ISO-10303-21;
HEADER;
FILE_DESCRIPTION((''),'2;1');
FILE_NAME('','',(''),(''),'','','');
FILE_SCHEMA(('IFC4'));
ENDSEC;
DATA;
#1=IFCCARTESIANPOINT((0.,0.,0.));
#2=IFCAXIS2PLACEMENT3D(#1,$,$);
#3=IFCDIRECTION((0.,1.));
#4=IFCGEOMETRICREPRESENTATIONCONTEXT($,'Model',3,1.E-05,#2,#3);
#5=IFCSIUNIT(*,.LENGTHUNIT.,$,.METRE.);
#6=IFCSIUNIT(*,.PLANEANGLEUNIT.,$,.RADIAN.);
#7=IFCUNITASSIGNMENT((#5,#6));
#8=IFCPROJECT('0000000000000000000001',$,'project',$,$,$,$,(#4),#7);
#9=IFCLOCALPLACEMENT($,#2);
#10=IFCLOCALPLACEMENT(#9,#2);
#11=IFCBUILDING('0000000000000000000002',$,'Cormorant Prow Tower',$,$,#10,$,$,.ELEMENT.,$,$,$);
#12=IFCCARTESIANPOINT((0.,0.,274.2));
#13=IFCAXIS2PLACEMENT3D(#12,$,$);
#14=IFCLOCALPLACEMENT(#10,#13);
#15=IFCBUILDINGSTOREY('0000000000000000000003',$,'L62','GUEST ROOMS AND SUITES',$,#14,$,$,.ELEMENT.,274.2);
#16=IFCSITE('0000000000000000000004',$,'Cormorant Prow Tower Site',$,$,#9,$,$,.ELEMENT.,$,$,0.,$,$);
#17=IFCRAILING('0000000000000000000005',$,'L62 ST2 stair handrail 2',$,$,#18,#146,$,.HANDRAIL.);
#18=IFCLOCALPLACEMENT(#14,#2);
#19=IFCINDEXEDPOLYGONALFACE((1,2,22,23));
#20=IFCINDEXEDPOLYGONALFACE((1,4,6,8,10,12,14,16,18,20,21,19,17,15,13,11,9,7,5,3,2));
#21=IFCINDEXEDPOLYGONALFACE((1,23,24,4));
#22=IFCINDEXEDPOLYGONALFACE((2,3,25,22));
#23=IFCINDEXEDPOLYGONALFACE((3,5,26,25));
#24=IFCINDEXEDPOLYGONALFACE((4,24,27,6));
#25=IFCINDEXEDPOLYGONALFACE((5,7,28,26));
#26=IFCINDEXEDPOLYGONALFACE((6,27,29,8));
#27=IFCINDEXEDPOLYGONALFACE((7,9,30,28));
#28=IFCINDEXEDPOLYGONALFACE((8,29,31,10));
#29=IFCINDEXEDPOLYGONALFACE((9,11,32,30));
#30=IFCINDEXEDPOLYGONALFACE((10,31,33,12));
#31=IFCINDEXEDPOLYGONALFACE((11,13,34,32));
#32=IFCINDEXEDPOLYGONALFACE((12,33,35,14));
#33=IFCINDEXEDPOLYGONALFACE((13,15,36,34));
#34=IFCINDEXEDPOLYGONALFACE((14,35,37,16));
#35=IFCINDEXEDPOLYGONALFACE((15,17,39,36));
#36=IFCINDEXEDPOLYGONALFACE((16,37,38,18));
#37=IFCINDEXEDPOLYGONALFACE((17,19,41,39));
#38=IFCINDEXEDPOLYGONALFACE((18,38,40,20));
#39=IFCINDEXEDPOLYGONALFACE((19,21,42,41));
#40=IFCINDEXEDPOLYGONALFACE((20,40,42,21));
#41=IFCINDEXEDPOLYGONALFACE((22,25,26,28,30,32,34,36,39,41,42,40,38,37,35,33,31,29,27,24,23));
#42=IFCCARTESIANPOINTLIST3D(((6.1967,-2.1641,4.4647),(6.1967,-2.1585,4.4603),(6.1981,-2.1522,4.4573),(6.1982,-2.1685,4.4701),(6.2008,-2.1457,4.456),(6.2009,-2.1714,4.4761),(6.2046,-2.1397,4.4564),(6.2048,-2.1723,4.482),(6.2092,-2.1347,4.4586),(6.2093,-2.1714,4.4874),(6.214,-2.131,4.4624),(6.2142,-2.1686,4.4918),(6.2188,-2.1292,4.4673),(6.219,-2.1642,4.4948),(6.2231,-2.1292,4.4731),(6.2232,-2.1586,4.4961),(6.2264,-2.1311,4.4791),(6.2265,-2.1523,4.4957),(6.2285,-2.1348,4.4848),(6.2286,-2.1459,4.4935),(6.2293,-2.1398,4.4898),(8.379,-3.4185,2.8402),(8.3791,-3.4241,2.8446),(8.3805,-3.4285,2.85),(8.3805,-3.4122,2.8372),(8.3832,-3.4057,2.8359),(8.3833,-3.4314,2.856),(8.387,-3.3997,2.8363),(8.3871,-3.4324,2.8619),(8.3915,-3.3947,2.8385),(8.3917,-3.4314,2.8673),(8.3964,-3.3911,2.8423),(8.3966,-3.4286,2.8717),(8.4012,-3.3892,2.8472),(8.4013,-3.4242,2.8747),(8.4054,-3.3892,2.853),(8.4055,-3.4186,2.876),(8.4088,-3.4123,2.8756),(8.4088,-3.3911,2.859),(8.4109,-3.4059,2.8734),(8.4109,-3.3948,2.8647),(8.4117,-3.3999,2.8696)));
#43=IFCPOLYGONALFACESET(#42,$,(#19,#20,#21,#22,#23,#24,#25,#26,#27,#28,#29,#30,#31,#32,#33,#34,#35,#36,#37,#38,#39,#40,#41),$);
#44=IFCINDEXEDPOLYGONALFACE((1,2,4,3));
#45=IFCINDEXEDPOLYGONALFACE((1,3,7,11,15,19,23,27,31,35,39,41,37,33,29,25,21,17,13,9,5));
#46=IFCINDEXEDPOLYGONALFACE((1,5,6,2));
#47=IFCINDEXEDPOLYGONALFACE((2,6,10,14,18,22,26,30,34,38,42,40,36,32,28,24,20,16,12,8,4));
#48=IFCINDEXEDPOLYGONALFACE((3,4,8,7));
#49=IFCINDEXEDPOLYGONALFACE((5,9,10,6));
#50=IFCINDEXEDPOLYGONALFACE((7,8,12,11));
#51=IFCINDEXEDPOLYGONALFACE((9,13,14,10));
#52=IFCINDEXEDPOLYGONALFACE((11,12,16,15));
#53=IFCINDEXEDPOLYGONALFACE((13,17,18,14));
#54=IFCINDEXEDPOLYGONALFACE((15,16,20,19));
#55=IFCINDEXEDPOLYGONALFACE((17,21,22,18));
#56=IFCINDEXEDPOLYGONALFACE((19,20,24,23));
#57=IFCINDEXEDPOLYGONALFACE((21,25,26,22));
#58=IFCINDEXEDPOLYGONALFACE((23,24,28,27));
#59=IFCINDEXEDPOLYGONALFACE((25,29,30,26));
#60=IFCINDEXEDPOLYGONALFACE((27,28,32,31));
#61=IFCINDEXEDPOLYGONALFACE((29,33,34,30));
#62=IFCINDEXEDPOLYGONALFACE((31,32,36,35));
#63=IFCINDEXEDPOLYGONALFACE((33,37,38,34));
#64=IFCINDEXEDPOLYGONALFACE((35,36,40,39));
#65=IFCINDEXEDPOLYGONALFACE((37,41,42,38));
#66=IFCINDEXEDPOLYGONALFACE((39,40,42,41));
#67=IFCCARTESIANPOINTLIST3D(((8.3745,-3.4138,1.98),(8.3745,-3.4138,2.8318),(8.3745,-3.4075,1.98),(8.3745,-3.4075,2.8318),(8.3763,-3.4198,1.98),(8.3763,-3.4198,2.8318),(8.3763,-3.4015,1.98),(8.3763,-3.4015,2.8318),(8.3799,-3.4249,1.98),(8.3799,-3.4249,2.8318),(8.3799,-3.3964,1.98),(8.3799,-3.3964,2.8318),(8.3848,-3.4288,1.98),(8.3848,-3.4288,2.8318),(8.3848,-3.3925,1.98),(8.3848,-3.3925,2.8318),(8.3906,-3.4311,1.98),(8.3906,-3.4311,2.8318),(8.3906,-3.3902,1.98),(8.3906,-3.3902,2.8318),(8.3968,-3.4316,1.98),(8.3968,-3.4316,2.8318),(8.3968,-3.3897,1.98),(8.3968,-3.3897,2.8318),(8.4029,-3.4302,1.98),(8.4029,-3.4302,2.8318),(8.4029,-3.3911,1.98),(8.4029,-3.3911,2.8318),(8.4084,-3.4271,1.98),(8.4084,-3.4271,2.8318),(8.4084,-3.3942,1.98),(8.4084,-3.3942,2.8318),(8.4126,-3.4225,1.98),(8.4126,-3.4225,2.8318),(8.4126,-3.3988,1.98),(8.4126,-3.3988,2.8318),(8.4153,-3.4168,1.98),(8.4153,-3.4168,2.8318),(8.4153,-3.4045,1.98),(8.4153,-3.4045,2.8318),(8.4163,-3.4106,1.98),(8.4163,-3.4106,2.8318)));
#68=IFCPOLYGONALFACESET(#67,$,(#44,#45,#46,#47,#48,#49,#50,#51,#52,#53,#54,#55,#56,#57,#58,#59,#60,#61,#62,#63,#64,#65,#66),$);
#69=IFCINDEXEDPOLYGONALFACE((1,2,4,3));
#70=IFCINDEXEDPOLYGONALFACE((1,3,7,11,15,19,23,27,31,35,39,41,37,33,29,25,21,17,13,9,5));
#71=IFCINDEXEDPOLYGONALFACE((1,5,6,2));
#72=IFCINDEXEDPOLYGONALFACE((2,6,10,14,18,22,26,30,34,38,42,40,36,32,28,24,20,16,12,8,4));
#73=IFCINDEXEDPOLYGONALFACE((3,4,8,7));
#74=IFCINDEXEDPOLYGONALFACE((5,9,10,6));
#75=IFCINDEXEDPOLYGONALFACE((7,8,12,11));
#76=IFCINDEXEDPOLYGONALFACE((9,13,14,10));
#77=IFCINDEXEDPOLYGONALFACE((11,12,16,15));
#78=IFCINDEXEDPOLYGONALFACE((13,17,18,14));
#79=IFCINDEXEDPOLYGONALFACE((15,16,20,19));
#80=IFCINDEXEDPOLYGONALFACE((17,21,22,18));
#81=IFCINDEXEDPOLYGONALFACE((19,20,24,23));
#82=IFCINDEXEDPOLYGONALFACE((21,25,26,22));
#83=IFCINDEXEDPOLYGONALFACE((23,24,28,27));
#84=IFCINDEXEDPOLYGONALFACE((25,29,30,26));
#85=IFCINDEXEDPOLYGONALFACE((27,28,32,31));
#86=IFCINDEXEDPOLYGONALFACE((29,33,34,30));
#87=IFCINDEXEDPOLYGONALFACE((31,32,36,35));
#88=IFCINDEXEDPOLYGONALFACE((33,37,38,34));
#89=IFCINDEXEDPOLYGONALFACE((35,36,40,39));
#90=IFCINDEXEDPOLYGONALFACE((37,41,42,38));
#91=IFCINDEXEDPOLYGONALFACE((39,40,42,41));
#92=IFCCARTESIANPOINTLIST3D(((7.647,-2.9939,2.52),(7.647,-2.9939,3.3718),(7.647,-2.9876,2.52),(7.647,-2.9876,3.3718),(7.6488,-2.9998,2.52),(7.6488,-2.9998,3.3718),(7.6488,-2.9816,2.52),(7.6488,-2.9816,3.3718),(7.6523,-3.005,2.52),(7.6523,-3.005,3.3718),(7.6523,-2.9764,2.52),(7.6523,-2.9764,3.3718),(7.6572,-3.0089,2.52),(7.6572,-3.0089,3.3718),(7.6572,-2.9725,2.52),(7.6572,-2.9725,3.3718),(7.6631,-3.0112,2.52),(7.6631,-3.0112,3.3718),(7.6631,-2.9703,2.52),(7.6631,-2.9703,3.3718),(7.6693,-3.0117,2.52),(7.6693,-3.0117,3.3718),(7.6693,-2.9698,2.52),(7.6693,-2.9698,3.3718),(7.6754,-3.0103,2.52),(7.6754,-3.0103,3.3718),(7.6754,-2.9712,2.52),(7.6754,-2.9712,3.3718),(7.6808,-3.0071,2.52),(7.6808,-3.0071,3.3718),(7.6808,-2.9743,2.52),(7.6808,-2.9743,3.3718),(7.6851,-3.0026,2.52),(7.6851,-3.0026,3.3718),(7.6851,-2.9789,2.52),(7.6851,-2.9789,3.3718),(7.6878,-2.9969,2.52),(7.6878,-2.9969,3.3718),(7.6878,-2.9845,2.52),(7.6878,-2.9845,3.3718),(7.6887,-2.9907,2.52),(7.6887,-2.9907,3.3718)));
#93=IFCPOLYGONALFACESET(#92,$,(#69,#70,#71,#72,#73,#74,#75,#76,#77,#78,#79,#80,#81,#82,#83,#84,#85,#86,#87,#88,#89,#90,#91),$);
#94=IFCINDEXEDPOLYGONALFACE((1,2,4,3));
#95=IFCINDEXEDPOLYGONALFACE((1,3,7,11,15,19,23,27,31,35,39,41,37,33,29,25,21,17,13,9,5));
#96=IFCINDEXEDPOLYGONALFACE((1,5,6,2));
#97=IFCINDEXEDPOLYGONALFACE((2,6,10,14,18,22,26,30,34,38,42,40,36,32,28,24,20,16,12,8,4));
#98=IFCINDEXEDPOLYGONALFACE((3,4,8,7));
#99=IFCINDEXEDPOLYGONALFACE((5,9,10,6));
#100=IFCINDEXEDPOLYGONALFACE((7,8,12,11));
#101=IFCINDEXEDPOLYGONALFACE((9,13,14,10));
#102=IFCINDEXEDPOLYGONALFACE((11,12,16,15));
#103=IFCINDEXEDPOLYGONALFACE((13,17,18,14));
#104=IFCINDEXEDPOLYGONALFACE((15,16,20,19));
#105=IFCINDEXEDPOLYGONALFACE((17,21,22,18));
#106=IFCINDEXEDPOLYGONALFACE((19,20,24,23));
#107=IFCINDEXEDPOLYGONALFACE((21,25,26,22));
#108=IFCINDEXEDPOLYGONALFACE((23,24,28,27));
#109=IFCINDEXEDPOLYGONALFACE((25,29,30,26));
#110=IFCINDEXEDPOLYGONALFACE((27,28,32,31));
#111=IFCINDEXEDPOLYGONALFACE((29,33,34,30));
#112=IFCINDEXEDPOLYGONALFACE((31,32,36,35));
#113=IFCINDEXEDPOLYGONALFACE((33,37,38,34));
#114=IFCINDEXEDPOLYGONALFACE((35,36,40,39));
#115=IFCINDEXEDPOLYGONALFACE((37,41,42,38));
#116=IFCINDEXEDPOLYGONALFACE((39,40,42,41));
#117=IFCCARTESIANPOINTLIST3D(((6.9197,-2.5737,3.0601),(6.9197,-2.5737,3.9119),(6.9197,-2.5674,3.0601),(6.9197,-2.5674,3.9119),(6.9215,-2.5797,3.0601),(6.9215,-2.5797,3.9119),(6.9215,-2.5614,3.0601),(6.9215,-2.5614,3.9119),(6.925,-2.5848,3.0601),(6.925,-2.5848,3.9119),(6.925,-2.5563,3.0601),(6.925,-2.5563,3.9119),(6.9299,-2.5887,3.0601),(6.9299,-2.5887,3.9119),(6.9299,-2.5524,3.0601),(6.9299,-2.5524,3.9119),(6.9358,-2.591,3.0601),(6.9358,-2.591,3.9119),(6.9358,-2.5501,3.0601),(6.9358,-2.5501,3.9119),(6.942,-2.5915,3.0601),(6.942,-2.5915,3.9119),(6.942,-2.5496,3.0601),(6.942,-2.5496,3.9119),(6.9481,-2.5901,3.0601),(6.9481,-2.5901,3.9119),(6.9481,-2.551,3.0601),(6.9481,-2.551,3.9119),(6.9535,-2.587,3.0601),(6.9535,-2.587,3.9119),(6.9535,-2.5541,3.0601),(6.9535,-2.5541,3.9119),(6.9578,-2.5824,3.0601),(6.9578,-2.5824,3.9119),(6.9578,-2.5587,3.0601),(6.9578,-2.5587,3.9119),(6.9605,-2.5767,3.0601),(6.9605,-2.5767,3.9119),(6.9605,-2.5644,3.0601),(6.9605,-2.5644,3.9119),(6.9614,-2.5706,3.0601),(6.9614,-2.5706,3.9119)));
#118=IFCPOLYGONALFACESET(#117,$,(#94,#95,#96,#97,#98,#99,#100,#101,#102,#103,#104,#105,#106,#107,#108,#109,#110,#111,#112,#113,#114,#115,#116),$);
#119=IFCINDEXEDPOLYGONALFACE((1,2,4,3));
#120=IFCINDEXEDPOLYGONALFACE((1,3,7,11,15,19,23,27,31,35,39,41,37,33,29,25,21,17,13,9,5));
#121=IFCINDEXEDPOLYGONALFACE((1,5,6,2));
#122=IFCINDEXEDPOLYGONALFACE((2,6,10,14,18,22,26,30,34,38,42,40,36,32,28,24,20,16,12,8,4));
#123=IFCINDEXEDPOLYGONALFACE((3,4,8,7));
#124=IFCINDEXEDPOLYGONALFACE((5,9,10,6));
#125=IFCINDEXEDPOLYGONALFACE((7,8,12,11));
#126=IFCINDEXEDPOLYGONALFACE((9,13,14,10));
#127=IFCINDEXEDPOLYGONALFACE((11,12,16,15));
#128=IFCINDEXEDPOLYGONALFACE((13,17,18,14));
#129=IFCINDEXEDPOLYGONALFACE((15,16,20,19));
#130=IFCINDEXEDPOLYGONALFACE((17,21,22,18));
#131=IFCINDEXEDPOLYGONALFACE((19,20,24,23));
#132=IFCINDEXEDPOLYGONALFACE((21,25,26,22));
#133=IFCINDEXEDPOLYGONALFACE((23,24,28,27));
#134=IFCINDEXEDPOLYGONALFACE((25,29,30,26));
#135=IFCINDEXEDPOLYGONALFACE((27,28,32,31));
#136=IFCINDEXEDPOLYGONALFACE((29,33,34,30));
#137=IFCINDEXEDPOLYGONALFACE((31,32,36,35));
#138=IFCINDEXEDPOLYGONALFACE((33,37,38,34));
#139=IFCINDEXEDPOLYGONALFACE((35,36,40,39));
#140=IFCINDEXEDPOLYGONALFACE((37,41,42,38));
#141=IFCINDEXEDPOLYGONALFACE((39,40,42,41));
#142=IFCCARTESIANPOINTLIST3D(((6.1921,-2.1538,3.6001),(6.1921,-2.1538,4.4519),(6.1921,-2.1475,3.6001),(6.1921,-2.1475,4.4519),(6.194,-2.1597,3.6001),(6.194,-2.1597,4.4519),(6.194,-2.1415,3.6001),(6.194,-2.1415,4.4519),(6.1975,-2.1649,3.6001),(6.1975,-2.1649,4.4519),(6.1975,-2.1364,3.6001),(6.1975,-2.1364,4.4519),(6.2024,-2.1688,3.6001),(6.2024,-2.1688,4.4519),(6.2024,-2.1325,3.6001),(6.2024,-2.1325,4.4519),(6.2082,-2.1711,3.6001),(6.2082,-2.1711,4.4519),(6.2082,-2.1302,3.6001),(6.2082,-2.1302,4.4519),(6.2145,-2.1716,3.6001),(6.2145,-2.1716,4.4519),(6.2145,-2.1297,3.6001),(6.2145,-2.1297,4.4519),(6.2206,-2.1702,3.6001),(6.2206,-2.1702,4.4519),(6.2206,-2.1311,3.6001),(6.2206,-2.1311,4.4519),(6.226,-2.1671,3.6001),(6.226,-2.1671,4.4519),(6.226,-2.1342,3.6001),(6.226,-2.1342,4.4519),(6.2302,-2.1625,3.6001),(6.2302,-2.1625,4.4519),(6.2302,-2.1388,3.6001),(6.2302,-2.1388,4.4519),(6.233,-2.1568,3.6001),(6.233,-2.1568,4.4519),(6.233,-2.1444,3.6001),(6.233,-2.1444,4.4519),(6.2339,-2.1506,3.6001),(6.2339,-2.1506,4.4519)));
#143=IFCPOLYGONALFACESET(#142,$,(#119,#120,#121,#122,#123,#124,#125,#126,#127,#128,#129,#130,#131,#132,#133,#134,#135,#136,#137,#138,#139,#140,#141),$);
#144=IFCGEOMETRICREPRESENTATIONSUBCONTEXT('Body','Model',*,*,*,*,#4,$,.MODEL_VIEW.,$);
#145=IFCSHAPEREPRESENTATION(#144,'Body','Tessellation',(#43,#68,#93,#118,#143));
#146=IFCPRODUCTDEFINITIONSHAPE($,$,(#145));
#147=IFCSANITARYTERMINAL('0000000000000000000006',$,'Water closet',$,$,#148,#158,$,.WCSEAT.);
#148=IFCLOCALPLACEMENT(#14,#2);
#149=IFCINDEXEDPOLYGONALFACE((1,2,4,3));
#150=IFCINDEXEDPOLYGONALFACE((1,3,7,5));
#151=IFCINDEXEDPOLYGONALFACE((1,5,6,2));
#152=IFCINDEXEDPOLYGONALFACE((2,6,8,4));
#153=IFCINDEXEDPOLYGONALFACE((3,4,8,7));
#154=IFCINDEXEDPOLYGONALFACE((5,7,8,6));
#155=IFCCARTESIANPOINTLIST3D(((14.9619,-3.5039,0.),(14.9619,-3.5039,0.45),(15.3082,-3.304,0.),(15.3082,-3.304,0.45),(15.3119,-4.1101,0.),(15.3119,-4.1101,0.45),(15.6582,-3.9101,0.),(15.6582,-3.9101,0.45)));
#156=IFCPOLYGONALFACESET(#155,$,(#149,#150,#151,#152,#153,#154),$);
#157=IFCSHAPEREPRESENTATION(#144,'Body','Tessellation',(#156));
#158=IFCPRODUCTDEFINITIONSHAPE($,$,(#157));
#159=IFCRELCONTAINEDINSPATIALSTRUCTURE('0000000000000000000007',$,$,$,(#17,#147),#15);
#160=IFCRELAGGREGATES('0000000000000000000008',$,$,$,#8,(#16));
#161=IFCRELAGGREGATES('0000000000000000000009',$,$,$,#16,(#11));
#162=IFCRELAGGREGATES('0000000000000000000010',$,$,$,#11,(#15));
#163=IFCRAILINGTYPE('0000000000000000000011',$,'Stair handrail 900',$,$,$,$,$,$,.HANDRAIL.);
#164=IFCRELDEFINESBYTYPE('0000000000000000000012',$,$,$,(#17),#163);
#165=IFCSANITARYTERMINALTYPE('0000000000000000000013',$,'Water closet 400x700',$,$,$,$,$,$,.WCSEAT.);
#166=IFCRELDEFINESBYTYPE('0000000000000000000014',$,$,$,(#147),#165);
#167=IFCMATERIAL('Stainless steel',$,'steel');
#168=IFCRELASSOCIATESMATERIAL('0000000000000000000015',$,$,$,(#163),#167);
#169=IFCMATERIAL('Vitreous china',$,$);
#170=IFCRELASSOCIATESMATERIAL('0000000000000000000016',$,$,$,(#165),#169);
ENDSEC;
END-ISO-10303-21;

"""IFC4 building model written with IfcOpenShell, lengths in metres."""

from ifc_helpers import new_model, si_unit, direction, frame, origin, origin_2d, place, context, subcontext, project, spatial, rectangle, circle, extrude, material, type_object, element, save


model = new_model("IFC4")

# Units and contexts
model_context = context("Model", 3, precision=1e-05, world=origin(), true_north=direction((0.0, 1.0)))
body_context = subcontext(model_context, "Body", "Model", "MODEL_VIEW")
ifc_project = project(units=[si_unit("LENGTHUNIT", "METRE"), si_unit("PLANEANGLEUNIT", "RADIAN")], contexts=[model_context])

# Site, building, storey
site_placement = place(None, origin())
site = spatial("IfcSite", under=ifc_project, at=site_placement, Name="Cormorant Prow Tower Site", CompositionType="ELEMENT", RefElevation=0.0)
building_placement = place(site_placement, origin())
building = spatial("IfcBuilding", under=site, at=building_placement, Name="Cormorant Prow Tower", CompositionType="ELEMENT")
storey_placement = place(building_placement, frame((0.0, 0.0, 274.2)))
storey = spatial("IfcBuildingStorey", under=building, at=storey_placement, Name="L62", Description="GUEST ROOMS AND SUITES", CompositionType="ELEMENT", Elevation=274.2)

# Railing
ifc_material_1 = material(Name="Stainless steel", Category="steel")
railing_type_1 = type_object("IfcRailingType", Name="Stair handrail 900", PredefinedType="HANDRAIL", material=ifc_material_1)
railing_1_placement = place(storey_placement, frame((8.3953, -3.4106, 1.98)))
element("IfcRailing", 1, at=railing_1_placement, inside=storey, type_object=railing_type_1, Name="L62 ST2 stair handrail 2", PredefinedType="HANDRAIL", context=body_context, shape_type="SweptSolid", body=[
    extrude(circle(Radius=0.0239, at=origin_2d()), frame((0.0, 0.0, 0.876), z_axis=(-0.728464, 0.420584, 0.540786), x_axis=(-0.500005, -0.866023, 0.0)), (0.0, 0.0, 1.0), 2.9958),
    extrude(circle(Radius=0.021, at=origin_2d()), origin(), (0.0, 0.0, 1.0), 0.8518),
    extrude(circle(Radius=0.021, at=origin_2d()), frame((-0.7275, 0.4199, 0.54)), (0.0, 0.0, 1.0), 0.8518),
    extrude(circle(Radius=0.021, at=origin_2d()), frame((-1.4548, 0.8401, 1.0801)), (0.0, 0.0, 1.0), 0.8518),
    extrude(circle(Radius=0.021, at=origin_2d()), frame((-2.1824, 1.26, 1.6201)), (0.0, 0.0, 1.0), 0.8518),
])

# Sanitary terminal
ifc_material_2 = material(Name="Vitreous china")
sanitary_terminal_type = type_object("IfcSanitaryTerminalType", Name="Water closet 400x700", PredefinedType="WCSEAT", material=ifc_material_2)
sanitary_terminal_placement = place(storey_placement, frame((15.3101, -3.707, 0.0), z_axis=(0.0, 0.0, 1.0), x_axis=(0.866025, 0.5, 0.0)))
element("IfcSanitaryTerminal", 2, at=sanitary_terminal_placement, inside=storey, type_object=sanitary_terminal_type, Name="Water closet", PredefinedType="WCSEAT", context=body_context, shape_type="SweptSolid", body=[
    extrude(rectangle(XDim=0.3999, YDim=0.7, at=origin_2d()), origin(), (0.0, 0.0, 1.0), 0.45),
])

save(model, "model.ifc")
